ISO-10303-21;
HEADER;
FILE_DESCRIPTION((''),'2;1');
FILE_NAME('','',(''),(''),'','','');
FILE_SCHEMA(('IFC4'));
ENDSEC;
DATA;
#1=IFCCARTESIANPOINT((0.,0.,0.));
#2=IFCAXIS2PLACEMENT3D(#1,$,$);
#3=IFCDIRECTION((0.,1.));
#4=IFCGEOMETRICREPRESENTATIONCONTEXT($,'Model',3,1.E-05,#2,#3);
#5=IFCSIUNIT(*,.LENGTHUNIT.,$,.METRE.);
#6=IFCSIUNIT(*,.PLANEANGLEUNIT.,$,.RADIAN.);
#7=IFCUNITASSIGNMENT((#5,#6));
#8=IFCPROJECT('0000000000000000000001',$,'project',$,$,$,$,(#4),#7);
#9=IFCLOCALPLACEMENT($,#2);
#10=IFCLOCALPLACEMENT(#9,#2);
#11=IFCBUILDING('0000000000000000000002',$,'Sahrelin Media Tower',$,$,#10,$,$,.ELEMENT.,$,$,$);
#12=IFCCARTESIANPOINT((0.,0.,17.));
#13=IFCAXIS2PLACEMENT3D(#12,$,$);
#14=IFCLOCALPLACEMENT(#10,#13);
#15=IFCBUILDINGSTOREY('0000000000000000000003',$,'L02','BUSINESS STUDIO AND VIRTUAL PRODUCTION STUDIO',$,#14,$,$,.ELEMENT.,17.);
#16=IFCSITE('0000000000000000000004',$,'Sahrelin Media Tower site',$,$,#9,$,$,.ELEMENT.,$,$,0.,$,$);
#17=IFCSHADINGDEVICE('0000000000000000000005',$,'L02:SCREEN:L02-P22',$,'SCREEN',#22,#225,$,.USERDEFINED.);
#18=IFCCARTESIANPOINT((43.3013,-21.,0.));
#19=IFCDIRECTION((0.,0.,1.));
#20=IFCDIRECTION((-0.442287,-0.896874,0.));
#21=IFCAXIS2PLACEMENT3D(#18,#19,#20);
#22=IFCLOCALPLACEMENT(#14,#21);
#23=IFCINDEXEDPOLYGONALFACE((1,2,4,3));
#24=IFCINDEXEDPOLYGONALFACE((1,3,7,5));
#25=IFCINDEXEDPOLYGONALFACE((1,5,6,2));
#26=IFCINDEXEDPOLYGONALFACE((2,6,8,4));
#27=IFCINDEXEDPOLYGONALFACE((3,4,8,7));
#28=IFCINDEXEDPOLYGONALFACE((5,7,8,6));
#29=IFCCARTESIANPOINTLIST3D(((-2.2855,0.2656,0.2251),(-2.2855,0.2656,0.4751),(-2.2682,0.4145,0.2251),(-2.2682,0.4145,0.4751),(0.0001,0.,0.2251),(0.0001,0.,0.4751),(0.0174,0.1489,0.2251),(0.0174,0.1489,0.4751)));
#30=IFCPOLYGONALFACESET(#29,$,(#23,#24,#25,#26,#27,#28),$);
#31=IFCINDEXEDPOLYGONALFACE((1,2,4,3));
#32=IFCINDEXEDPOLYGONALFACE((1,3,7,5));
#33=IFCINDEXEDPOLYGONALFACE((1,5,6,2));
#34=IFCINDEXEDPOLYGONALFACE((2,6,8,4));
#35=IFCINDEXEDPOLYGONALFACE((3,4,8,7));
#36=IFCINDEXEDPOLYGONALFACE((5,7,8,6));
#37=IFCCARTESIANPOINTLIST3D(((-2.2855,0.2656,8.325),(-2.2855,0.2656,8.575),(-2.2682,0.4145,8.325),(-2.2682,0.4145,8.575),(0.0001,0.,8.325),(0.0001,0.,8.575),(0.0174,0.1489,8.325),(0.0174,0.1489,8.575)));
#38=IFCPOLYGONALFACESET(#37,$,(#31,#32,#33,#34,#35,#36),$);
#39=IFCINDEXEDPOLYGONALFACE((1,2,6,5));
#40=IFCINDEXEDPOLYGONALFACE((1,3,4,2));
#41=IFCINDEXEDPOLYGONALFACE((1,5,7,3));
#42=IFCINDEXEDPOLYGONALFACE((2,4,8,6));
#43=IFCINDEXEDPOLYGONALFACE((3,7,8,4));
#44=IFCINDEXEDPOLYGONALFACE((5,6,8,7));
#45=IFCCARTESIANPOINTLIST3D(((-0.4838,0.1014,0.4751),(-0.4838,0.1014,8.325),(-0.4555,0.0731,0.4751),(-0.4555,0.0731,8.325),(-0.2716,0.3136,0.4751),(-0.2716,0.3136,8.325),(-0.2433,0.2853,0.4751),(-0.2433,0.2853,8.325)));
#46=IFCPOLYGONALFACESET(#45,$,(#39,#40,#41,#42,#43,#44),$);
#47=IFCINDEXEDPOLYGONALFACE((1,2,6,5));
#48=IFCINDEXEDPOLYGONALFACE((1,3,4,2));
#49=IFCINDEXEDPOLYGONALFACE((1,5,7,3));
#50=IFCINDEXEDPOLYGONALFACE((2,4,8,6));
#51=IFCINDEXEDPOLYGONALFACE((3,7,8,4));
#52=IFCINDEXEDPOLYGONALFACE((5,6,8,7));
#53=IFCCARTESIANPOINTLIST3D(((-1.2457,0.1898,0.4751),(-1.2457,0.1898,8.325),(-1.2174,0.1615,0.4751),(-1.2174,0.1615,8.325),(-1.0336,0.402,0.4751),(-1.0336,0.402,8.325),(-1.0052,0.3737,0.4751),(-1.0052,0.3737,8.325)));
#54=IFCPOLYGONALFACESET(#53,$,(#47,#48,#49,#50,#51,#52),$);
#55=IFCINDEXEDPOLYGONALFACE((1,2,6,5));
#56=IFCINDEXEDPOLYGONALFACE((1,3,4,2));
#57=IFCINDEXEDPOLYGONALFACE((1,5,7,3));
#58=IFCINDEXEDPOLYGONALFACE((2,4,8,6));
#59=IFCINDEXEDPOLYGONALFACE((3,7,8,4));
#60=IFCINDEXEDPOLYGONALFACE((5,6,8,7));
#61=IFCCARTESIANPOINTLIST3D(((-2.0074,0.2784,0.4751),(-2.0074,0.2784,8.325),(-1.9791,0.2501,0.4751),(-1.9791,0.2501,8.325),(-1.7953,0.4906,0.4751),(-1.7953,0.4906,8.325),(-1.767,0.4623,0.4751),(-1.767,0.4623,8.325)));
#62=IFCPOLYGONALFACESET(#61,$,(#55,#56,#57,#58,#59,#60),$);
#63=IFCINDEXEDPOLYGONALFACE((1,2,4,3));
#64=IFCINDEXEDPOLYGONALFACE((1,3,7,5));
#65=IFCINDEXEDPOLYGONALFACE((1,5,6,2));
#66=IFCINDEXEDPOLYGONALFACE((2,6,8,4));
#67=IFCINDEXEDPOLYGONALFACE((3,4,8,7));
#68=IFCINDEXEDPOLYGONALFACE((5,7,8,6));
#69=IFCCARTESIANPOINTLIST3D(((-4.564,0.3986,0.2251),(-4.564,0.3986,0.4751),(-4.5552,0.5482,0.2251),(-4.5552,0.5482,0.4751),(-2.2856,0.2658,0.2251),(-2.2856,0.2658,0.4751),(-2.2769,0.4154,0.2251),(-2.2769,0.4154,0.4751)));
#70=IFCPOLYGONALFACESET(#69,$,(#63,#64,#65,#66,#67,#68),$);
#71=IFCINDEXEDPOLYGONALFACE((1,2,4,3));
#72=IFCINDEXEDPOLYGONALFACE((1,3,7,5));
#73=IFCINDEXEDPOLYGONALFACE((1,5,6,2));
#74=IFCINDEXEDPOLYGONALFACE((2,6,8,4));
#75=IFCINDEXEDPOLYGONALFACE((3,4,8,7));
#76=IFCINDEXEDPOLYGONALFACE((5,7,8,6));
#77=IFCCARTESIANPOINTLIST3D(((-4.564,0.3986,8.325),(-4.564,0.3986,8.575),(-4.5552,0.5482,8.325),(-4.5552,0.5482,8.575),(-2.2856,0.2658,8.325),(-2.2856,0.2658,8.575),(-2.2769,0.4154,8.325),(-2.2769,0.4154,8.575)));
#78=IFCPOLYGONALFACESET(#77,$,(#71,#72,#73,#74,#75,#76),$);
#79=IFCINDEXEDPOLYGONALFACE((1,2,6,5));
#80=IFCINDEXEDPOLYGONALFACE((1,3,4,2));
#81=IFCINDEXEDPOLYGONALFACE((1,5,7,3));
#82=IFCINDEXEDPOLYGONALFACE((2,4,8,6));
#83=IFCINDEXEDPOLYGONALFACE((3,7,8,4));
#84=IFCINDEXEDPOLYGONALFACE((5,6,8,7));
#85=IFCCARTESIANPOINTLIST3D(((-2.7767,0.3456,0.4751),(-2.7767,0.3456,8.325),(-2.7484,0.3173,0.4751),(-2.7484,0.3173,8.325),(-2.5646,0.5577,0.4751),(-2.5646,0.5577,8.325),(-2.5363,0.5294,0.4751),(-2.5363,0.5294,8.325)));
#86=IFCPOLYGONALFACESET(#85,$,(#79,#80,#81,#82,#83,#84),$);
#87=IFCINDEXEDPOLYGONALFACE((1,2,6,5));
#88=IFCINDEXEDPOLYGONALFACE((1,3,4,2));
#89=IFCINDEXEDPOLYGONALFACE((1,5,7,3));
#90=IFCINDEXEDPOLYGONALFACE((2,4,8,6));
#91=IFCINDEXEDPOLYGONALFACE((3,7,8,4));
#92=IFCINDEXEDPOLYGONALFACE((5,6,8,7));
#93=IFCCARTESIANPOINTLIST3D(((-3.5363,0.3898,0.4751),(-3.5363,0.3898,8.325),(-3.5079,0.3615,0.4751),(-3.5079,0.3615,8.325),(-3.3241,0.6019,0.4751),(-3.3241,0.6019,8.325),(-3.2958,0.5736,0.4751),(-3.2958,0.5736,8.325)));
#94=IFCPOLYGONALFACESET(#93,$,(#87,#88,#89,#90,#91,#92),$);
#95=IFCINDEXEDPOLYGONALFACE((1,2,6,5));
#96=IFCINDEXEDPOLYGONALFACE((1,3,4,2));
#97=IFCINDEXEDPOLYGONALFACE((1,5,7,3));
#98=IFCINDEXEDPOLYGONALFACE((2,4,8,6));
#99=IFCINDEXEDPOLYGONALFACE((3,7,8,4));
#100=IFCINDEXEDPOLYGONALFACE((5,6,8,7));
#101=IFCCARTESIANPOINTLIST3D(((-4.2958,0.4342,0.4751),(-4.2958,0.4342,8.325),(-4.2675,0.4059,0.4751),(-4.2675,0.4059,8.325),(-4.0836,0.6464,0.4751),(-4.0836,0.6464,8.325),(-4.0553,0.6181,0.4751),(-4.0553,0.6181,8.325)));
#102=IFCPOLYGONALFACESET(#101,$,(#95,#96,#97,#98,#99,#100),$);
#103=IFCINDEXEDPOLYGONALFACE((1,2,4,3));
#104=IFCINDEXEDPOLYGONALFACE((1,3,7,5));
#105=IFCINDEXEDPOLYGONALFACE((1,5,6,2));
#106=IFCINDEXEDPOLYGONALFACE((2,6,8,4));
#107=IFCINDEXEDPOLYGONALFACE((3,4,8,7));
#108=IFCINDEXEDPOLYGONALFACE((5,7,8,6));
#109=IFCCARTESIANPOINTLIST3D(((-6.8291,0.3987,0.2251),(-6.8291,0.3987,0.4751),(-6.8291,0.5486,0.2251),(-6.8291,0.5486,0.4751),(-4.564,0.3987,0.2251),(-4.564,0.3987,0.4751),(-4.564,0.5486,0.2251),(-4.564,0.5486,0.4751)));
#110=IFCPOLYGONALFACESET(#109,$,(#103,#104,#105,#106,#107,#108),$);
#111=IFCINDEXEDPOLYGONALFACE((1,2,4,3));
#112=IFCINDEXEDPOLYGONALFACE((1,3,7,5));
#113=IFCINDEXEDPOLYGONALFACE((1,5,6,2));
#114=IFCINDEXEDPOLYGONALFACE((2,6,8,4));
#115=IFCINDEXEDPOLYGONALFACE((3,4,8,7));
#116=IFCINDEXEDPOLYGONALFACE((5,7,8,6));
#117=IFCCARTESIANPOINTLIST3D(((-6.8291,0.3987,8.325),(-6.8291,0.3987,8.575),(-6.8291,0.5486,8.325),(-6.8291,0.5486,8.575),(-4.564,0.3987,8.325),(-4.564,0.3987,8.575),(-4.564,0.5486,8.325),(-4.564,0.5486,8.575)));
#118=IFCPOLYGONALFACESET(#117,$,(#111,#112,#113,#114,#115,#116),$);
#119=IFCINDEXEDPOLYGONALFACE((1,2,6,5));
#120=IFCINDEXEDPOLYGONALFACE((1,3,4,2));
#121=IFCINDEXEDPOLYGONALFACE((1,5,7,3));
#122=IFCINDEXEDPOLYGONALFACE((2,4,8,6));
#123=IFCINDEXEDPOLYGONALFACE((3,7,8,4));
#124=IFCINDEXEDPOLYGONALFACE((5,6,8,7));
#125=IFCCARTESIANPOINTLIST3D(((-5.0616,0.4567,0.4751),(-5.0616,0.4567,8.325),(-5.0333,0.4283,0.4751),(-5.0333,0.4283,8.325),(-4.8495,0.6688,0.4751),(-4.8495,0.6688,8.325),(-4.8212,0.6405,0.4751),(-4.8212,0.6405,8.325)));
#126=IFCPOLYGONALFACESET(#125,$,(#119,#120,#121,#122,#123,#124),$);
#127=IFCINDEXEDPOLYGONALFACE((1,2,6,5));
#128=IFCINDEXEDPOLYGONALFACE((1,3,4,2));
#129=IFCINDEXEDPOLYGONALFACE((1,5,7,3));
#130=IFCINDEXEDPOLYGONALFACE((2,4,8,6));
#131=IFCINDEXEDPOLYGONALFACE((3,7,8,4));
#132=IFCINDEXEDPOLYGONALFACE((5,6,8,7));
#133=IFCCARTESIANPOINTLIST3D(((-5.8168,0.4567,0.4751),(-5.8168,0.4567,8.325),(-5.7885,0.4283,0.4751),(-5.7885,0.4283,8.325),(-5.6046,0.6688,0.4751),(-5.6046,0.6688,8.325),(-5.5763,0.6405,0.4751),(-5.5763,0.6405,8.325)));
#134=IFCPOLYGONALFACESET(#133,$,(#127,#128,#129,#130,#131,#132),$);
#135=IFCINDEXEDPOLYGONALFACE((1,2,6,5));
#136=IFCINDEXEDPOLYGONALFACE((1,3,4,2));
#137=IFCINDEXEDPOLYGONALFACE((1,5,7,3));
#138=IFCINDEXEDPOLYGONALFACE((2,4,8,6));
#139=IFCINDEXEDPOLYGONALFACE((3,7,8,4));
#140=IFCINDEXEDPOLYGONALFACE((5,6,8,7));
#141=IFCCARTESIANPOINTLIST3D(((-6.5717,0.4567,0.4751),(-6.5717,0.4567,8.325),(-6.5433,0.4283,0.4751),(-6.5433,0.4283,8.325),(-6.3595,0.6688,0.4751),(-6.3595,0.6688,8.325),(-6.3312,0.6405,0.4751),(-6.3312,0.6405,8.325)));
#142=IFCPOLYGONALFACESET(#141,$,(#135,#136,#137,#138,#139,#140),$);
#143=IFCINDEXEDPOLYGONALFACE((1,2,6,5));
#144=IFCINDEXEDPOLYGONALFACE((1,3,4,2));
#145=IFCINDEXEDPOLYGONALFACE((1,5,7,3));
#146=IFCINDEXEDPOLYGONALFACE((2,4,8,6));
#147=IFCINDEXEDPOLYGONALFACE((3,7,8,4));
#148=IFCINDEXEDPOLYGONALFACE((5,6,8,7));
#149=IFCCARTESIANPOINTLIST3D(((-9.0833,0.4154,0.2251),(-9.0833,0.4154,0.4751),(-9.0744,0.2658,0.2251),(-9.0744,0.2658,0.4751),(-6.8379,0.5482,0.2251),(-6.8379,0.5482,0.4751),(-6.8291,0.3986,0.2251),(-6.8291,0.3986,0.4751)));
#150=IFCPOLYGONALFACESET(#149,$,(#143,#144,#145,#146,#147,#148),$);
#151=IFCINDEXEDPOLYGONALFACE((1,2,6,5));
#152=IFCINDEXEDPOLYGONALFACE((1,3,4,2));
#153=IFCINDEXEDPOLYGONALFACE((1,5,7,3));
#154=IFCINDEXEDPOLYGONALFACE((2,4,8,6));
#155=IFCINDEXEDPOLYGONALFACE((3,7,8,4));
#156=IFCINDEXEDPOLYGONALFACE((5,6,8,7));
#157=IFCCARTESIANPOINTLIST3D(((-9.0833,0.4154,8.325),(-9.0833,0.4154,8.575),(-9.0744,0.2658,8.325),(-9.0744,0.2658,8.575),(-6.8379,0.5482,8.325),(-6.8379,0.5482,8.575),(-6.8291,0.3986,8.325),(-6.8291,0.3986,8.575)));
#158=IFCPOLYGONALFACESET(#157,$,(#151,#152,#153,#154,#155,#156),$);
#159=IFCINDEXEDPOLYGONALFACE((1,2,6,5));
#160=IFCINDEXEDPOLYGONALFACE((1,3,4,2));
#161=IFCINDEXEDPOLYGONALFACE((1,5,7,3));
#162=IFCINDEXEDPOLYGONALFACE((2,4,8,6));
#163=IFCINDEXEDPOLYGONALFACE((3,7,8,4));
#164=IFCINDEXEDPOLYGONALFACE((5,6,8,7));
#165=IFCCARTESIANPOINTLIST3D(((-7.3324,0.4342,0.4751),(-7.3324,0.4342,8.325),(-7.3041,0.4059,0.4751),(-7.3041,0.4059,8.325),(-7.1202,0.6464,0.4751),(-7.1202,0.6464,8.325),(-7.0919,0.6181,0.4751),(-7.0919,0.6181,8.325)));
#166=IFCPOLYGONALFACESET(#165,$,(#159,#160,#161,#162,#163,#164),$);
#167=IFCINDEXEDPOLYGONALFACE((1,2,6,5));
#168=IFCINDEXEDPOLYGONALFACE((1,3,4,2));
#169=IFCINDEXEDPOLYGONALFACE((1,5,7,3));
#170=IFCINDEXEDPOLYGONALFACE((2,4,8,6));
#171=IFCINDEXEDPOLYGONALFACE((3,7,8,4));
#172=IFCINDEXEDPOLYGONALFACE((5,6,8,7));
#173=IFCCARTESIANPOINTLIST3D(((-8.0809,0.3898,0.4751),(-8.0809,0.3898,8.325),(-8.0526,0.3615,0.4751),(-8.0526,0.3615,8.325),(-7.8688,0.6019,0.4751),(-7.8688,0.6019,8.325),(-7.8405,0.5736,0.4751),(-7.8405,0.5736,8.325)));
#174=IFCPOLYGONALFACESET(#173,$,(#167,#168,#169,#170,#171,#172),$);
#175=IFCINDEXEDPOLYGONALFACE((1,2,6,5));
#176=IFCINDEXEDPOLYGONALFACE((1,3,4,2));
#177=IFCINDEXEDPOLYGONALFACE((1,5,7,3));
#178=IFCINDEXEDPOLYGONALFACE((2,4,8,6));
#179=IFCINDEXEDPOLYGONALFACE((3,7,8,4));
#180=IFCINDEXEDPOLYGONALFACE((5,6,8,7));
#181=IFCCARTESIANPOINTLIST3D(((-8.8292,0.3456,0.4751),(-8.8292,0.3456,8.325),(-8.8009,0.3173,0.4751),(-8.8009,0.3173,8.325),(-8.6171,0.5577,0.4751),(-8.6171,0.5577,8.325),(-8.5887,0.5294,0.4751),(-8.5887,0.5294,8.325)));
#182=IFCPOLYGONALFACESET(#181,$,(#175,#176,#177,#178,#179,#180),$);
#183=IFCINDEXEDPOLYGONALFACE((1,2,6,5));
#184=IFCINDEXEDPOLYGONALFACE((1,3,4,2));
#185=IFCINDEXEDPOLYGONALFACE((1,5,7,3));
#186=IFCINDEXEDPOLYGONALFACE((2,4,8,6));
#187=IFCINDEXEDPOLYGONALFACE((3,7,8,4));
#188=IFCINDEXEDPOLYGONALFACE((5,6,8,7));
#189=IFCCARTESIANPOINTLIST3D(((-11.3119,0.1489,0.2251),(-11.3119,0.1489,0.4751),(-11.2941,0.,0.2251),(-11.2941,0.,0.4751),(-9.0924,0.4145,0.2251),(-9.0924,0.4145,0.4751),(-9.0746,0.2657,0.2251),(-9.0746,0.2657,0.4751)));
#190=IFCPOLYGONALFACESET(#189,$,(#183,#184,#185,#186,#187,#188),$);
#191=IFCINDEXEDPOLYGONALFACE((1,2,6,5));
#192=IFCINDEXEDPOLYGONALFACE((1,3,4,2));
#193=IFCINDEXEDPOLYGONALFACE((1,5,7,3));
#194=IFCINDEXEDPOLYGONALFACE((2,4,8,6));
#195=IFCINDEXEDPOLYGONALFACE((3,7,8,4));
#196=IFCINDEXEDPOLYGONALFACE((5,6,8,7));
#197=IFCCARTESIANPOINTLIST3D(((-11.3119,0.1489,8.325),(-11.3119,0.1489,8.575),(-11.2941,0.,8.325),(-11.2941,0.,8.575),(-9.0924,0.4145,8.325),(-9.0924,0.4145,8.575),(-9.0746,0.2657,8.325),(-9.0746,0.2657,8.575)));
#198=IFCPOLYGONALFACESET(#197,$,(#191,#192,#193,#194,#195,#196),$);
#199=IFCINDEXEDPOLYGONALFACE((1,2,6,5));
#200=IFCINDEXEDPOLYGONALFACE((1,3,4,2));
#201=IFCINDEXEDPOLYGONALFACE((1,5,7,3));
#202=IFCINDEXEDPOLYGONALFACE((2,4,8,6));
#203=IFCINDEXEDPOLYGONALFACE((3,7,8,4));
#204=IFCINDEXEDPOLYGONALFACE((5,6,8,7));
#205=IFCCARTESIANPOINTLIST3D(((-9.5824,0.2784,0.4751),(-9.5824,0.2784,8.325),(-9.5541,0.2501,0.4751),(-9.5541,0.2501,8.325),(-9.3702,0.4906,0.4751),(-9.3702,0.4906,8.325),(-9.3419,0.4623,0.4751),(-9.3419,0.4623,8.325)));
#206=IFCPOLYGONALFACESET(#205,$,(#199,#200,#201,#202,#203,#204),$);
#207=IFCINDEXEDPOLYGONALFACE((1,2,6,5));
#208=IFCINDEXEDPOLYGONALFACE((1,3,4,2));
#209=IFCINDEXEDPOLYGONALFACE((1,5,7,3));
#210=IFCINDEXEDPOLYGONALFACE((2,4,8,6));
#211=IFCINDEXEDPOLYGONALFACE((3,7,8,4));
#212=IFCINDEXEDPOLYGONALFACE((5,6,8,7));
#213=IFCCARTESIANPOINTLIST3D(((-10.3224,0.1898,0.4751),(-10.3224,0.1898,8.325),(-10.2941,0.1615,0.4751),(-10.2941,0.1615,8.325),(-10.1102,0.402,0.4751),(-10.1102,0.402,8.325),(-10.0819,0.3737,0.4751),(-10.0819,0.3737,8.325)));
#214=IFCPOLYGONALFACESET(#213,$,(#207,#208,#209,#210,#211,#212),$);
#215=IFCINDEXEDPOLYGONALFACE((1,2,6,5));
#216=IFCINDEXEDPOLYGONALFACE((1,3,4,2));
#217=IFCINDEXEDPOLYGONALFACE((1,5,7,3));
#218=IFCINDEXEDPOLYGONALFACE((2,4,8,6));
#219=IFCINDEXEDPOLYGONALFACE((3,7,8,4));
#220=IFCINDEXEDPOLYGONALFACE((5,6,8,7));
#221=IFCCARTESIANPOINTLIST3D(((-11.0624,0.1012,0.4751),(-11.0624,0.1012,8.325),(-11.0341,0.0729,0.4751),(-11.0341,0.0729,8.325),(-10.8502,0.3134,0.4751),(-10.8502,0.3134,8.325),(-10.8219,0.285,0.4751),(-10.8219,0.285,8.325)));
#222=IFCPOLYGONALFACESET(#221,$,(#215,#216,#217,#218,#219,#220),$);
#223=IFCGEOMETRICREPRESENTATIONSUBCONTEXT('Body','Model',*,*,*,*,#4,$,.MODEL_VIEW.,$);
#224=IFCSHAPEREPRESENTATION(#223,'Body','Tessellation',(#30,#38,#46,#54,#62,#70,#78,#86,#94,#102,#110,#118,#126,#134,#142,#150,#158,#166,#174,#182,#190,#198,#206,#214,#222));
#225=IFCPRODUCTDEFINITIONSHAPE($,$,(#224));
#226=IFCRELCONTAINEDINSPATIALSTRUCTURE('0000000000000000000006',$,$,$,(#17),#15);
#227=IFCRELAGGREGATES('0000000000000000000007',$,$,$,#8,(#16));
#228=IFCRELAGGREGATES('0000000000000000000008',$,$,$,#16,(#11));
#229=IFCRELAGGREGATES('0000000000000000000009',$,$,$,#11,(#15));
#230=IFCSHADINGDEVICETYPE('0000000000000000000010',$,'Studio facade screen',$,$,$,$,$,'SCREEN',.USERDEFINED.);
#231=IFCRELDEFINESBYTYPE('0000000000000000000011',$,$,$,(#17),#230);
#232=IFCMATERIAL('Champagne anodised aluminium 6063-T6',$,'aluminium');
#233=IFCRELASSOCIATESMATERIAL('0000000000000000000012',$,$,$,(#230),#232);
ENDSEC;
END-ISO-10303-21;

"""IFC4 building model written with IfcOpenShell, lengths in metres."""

from ifc_helpers import new_model, si_unit, direction, frame, origin, origin_2d, place, context, subcontext, project, spatial, rectangle, extrude, material, type_object, element, save


model = new_model("IFC4")

# Units and contexts
model_context = context("Model", 3, precision=1e-05, world=origin(), true_north=direction((0.0, 1.0)))
body_context = subcontext(model_context, "Body", "Model", "MODEL_VIEW")
ifc_project = project(units=[si_unit("LENGTHUNIT", "METRE"), si_unit("PLANEANGLEUNIT", "RADIAN")], contexts=[model_context])

# Site, building, storey
site_placement = place(None, origin())
site = spatial("IfcSite", under=ifc_project, at=site_placement, Name="Sahrelin Media Tower site", CompositionType="ELEMENT", RefElevation=0.0)
building_placement = place(site_placement, origin())
building = spatial("IfcBuilding", under=site, at=building_placement, Name="Sahrelin Media Tower", CompositionType="ELEMENT")
storey_placement = place(building_placement, frame((0.0, 0.0, 17.0)))
storey = spatial("IfcBuildingStorey", under=building, at=storey_placement, Name="L02", Description="BUSINESS STUDIO AND VIRTUAL PRODUCTION STUDIO", CompositionType="ELEMENT", Elevation=17.0)

# Shading device
ifc_material_1 = material(Name="Champagne anodised aluminium 6063-T6", Category="aluminium")
shading_device_type = type_object("IfcShadingDeviceType", Name="Studio facade screen", ElementType="SCREEN", PredefinedType="USERDEFINED", material=ifc_material_1)
shading_device_1_placement = place(storey_placement, frame((43.3013, -21.0, 0.0), z_axis=(0.0, 0.0, 1.0), x_axis=(-0.442287, -0.896874, 0.0)))
element("IfcShadingDevice", 1, at=shading_device_1_placement, inside=storey, type_object=shading_device_type, Name="L02:SCREEN:L02-P22", ObjectType="SCREEN", PredefinedType="USERDEFINED", context=body_context, shape_type="SweptSolid", body=[
    extrude(rectangle(XDim=0.1499, YDim=0.25, at=origin_2d()), frame((0.0088, 0.0745, 0.3501), z_axis=(-0.993315, 0.115438, 0.0), x_axis=(-0.115438, -0.993315, 0.0)), (0.0, 0.0, 1.0), 2.301),
    extrude(rectangle(XDim=0.1499, YDim=0.25, at=origin_2d()), frame((0.0088, 0.0745, 8.45), z_axis=(-0.993315, 0.115438, 0.0), x_axis=(-0.115438, -0.993315, 0.0)), (0.0, 0.0, 1.0), 2.301),
    extrude(rectangle(XDim=0.3, YDim=0.04, at=origin_2d()), frame((-0.3635, 0.1934, 0.4751), z_axis=(0.0, 0.0, 1.0), x_axis=(0.707107, 0.707107, 0.0)), (0.0, 0.0, 1.0), 7.8499),
    extrude(rectangle(XDim=0.3, YDim=0.04, at=origin_2d()), frame((-1.1255, 0.2817, 0.4751), z_axis=(0.0, 0.0, 1.0), x_axis=(0.707107, 0.707107, 0.0)), (0.0, 0.0, 1.0), 7.8499),
    extrude(rectangle(XDim=0.3, YDim=0.04, at=origin_2d()), frame((-1.8872, 0.3704, 0.4751), z_axis=(0.0, 0.0, 1.0), x_axis=(0.707107, 0.707107, 0.0)), (0.0, 0.0, 1.0), 7.8499),
    extrude(rectangle(XDim=0.1499, YDim=0.25, at=origin_2d()), frame((-2.2812, 0.3406, 0.3501), z_axis=(-0.998305, 0.058195, 0.0), x_axis=(-0.058195, -0.998305, 0.0)), (0.0, 0.0, 1.0), 2.2822),
    extrude(rectangle(XDim=0.1499, YDim=0.25, at=origin_2d()), frame((-2.2812, 0.3406, 8.45), z_axis=(-0.998305, 0.058195, 0.0), x_axis=(-0.058195, -0.998305, 0.0)), (0.0, 0.0, 1.0), 2.2822),
    extrude(rectangle(XDim=0.3, YDim=0.04, at=origin_2d()), frame((-2.6565, 0.4375, 0.4751), z_axis=(0.0, 0.0, 1.0), x_axis=(0.707107, 0.707107, 0.0)), (0.0, 0.0, 1.0), 7.8499),
    extrude(rectangle(XDim=0.3, YDim=0.04, at=origin_2d()), frame((-3.416, 0.4817, 0.4751), z_axis=(0.0, 0.0, 1.0), x_axis=(0.707107, 0.707107, 0.0)), (0.0, 0.0, 1.0), 7.8499),
    extrude(rectangle(XDim=0.3, YDim=0.04, at=origin_2d()), frame((-4.1755, 0.5261, 0.4751), z_axis=(0.0, 0.0, 1.0), x_axis=(0.707107, 0.707107, 0.0)), (0.0, 0.0, 1.0), 7.8499),
    extrude(rectangle(XDim=0.1499, YDim=0.25, at=origin_2d()), frame((-4.564, 0.4736, 0.3501), z_axis=(-1.0, 0.0, 0.0), x_axis=(0.0, -1.0, 0.0)), (0.0, 0.0, 1.0), 2.2651),
    extrude(rectangle(XDim=0.1499, YDim=0.25, at=origin_2d()), frame((-4.564, 0.4736, 8.45), z_axis=(-1.0, 0.0, 0.0), x_axis=(0.0, -1.0, 0.0)), (0.0, 0.0, 1.0), 2.2651),
    extrude(rectangle(XDim=0.3, YDim=0.04, at=origin_2d()), frame((-4.9414, 0.5486, 0.4751), z_axis=(0.0, 0.0, 1.0), x_axis=(0.707107, 0.707107, 0.0)), (0.0, 0.0, 1.0), 7.8499),
    extrude(rectangle(XDim=0.3, YDim=0.04, at=origin_2d()), frame((-5.6965, 0.5486, 0.4751), z_axis=(0.0, 0.0, 1.0), x_axis=(0.707107, 0.707107, 0.0)), (0.0, 0.0, 1.0), 7.8499),
    extrude(rectangle(XDim=0.3, YDim=0.04, at=origin_2d()), frame((-6.4514, 0.5486, 0.4751), z_axis=(0.0, 0.0, 1.0), x_axis=(0.707107, 0.707107, 0.0)), (0.0, 0.0, 1.0), 7.8499),
    extrude(rectangle(XDim=0.1499, YDim=0.25, at=origin_2d()), frame((-6.8335, 0.4734, 0.3501), z_axis=(-0.998255, -0.059047, 0.0), x_axis=(0.059047, -0.998255, 0.0)), (0.0, 0.0, 1.0), 2.2493),
    extrude(rectangle(XDim=0.1499, YDim=0.25, at=origin_2d()), frame((-6.8335, 0.4734, 8.45), z_axis=(-0.998255, -0.059047, 0.0), x_axis=(0.059047, -0.998255, 0.0)), (0.0, 0.0, 1.0), 2.2493),
    extrude(rectangle(XDim=0.3, YDim=0.04, at=origin_2d()), frame((-7.2122, 0.5261, 0.4751), z_axis=(0.0, 0.0, 1.0), x_axis=(0.707107, 0.707107, 0.0)), (0.0, 0.0, 1.0), 7.8499),
    extrude(rectangle(XDim=0.3, YDim=0.04, at=origin_2d()), frame((-7.9607, 0.4817, 0.4751), z_axis=(0.0, 0.0, 1.0), x_axis=(0.707107, 0.707107, 0.0)), (0.0, 0.0, 1.0), 7.8499),
    extrude(rectangle(XDim=0.3, YDim=0.04, at=origin_2d()), frame((-8.709, 0.4375, 0.4751), z_axis=(0.0, 0.0, 1.0), x_axis=(0.707107, 0.707107, 0.0)), (0.0, 0.0, 1.0), 7.8499),
    extrude(rectangle(XDim=0.1499, YDim=0.25, at=origin_2d()), frame((-9.0835, 0.3401, 0.3501), z_axis=(-0.992915, -0.118831, 0.0), x_axis=(0.118831, -0.992915, 0.0)), (0.0, 0.0, 1.0), 2.2354),
    extrude(rectangle(XDim=0.1499, YDim=0.25, at=origin_2d()), frame((-9.0835, 0.3401, 8.45), z_axis=(-0.992915, -0.118831, 0.0), x_axis=(0.118831, -0.992915, 0.0)), (0.0, 0.0, 1.0), 2.2354),
    extrude(rectangle(XDim=0.3, YDim=0.04, at=origin_2d()), frame((-9.4622, 0.3704, 0.4751), z_axis=(0.0, 0.0, 1.0), x_axis=(0.707107, 0.707107, 0.0)), (0.0, 0.0, 1.0), 7.8499),
    extrude(rectangle(XDim=0.3, YDim=0.04, at=origin_2d()), frame((-10.2021, 0.2817, 0.4751), z_axis=(0.0, 0.0, 1.0), x_axis=(0.707107, 0.707107, 0.0)), (0.0, 0.0, 1.0), 7.8499),
    extrude(rectangle(XDim=0.3, YDim=0.04, at=origin_2d()), frame((-10.9421, 0.1931, 0.4751), z_axis=(0.0, 0.0, 1.0), x_axis=(0.707107, 0.707107, 0.0)), (0.0, 0.0, 1.0), 7.8499),
])

save(model, "model.ifc")
